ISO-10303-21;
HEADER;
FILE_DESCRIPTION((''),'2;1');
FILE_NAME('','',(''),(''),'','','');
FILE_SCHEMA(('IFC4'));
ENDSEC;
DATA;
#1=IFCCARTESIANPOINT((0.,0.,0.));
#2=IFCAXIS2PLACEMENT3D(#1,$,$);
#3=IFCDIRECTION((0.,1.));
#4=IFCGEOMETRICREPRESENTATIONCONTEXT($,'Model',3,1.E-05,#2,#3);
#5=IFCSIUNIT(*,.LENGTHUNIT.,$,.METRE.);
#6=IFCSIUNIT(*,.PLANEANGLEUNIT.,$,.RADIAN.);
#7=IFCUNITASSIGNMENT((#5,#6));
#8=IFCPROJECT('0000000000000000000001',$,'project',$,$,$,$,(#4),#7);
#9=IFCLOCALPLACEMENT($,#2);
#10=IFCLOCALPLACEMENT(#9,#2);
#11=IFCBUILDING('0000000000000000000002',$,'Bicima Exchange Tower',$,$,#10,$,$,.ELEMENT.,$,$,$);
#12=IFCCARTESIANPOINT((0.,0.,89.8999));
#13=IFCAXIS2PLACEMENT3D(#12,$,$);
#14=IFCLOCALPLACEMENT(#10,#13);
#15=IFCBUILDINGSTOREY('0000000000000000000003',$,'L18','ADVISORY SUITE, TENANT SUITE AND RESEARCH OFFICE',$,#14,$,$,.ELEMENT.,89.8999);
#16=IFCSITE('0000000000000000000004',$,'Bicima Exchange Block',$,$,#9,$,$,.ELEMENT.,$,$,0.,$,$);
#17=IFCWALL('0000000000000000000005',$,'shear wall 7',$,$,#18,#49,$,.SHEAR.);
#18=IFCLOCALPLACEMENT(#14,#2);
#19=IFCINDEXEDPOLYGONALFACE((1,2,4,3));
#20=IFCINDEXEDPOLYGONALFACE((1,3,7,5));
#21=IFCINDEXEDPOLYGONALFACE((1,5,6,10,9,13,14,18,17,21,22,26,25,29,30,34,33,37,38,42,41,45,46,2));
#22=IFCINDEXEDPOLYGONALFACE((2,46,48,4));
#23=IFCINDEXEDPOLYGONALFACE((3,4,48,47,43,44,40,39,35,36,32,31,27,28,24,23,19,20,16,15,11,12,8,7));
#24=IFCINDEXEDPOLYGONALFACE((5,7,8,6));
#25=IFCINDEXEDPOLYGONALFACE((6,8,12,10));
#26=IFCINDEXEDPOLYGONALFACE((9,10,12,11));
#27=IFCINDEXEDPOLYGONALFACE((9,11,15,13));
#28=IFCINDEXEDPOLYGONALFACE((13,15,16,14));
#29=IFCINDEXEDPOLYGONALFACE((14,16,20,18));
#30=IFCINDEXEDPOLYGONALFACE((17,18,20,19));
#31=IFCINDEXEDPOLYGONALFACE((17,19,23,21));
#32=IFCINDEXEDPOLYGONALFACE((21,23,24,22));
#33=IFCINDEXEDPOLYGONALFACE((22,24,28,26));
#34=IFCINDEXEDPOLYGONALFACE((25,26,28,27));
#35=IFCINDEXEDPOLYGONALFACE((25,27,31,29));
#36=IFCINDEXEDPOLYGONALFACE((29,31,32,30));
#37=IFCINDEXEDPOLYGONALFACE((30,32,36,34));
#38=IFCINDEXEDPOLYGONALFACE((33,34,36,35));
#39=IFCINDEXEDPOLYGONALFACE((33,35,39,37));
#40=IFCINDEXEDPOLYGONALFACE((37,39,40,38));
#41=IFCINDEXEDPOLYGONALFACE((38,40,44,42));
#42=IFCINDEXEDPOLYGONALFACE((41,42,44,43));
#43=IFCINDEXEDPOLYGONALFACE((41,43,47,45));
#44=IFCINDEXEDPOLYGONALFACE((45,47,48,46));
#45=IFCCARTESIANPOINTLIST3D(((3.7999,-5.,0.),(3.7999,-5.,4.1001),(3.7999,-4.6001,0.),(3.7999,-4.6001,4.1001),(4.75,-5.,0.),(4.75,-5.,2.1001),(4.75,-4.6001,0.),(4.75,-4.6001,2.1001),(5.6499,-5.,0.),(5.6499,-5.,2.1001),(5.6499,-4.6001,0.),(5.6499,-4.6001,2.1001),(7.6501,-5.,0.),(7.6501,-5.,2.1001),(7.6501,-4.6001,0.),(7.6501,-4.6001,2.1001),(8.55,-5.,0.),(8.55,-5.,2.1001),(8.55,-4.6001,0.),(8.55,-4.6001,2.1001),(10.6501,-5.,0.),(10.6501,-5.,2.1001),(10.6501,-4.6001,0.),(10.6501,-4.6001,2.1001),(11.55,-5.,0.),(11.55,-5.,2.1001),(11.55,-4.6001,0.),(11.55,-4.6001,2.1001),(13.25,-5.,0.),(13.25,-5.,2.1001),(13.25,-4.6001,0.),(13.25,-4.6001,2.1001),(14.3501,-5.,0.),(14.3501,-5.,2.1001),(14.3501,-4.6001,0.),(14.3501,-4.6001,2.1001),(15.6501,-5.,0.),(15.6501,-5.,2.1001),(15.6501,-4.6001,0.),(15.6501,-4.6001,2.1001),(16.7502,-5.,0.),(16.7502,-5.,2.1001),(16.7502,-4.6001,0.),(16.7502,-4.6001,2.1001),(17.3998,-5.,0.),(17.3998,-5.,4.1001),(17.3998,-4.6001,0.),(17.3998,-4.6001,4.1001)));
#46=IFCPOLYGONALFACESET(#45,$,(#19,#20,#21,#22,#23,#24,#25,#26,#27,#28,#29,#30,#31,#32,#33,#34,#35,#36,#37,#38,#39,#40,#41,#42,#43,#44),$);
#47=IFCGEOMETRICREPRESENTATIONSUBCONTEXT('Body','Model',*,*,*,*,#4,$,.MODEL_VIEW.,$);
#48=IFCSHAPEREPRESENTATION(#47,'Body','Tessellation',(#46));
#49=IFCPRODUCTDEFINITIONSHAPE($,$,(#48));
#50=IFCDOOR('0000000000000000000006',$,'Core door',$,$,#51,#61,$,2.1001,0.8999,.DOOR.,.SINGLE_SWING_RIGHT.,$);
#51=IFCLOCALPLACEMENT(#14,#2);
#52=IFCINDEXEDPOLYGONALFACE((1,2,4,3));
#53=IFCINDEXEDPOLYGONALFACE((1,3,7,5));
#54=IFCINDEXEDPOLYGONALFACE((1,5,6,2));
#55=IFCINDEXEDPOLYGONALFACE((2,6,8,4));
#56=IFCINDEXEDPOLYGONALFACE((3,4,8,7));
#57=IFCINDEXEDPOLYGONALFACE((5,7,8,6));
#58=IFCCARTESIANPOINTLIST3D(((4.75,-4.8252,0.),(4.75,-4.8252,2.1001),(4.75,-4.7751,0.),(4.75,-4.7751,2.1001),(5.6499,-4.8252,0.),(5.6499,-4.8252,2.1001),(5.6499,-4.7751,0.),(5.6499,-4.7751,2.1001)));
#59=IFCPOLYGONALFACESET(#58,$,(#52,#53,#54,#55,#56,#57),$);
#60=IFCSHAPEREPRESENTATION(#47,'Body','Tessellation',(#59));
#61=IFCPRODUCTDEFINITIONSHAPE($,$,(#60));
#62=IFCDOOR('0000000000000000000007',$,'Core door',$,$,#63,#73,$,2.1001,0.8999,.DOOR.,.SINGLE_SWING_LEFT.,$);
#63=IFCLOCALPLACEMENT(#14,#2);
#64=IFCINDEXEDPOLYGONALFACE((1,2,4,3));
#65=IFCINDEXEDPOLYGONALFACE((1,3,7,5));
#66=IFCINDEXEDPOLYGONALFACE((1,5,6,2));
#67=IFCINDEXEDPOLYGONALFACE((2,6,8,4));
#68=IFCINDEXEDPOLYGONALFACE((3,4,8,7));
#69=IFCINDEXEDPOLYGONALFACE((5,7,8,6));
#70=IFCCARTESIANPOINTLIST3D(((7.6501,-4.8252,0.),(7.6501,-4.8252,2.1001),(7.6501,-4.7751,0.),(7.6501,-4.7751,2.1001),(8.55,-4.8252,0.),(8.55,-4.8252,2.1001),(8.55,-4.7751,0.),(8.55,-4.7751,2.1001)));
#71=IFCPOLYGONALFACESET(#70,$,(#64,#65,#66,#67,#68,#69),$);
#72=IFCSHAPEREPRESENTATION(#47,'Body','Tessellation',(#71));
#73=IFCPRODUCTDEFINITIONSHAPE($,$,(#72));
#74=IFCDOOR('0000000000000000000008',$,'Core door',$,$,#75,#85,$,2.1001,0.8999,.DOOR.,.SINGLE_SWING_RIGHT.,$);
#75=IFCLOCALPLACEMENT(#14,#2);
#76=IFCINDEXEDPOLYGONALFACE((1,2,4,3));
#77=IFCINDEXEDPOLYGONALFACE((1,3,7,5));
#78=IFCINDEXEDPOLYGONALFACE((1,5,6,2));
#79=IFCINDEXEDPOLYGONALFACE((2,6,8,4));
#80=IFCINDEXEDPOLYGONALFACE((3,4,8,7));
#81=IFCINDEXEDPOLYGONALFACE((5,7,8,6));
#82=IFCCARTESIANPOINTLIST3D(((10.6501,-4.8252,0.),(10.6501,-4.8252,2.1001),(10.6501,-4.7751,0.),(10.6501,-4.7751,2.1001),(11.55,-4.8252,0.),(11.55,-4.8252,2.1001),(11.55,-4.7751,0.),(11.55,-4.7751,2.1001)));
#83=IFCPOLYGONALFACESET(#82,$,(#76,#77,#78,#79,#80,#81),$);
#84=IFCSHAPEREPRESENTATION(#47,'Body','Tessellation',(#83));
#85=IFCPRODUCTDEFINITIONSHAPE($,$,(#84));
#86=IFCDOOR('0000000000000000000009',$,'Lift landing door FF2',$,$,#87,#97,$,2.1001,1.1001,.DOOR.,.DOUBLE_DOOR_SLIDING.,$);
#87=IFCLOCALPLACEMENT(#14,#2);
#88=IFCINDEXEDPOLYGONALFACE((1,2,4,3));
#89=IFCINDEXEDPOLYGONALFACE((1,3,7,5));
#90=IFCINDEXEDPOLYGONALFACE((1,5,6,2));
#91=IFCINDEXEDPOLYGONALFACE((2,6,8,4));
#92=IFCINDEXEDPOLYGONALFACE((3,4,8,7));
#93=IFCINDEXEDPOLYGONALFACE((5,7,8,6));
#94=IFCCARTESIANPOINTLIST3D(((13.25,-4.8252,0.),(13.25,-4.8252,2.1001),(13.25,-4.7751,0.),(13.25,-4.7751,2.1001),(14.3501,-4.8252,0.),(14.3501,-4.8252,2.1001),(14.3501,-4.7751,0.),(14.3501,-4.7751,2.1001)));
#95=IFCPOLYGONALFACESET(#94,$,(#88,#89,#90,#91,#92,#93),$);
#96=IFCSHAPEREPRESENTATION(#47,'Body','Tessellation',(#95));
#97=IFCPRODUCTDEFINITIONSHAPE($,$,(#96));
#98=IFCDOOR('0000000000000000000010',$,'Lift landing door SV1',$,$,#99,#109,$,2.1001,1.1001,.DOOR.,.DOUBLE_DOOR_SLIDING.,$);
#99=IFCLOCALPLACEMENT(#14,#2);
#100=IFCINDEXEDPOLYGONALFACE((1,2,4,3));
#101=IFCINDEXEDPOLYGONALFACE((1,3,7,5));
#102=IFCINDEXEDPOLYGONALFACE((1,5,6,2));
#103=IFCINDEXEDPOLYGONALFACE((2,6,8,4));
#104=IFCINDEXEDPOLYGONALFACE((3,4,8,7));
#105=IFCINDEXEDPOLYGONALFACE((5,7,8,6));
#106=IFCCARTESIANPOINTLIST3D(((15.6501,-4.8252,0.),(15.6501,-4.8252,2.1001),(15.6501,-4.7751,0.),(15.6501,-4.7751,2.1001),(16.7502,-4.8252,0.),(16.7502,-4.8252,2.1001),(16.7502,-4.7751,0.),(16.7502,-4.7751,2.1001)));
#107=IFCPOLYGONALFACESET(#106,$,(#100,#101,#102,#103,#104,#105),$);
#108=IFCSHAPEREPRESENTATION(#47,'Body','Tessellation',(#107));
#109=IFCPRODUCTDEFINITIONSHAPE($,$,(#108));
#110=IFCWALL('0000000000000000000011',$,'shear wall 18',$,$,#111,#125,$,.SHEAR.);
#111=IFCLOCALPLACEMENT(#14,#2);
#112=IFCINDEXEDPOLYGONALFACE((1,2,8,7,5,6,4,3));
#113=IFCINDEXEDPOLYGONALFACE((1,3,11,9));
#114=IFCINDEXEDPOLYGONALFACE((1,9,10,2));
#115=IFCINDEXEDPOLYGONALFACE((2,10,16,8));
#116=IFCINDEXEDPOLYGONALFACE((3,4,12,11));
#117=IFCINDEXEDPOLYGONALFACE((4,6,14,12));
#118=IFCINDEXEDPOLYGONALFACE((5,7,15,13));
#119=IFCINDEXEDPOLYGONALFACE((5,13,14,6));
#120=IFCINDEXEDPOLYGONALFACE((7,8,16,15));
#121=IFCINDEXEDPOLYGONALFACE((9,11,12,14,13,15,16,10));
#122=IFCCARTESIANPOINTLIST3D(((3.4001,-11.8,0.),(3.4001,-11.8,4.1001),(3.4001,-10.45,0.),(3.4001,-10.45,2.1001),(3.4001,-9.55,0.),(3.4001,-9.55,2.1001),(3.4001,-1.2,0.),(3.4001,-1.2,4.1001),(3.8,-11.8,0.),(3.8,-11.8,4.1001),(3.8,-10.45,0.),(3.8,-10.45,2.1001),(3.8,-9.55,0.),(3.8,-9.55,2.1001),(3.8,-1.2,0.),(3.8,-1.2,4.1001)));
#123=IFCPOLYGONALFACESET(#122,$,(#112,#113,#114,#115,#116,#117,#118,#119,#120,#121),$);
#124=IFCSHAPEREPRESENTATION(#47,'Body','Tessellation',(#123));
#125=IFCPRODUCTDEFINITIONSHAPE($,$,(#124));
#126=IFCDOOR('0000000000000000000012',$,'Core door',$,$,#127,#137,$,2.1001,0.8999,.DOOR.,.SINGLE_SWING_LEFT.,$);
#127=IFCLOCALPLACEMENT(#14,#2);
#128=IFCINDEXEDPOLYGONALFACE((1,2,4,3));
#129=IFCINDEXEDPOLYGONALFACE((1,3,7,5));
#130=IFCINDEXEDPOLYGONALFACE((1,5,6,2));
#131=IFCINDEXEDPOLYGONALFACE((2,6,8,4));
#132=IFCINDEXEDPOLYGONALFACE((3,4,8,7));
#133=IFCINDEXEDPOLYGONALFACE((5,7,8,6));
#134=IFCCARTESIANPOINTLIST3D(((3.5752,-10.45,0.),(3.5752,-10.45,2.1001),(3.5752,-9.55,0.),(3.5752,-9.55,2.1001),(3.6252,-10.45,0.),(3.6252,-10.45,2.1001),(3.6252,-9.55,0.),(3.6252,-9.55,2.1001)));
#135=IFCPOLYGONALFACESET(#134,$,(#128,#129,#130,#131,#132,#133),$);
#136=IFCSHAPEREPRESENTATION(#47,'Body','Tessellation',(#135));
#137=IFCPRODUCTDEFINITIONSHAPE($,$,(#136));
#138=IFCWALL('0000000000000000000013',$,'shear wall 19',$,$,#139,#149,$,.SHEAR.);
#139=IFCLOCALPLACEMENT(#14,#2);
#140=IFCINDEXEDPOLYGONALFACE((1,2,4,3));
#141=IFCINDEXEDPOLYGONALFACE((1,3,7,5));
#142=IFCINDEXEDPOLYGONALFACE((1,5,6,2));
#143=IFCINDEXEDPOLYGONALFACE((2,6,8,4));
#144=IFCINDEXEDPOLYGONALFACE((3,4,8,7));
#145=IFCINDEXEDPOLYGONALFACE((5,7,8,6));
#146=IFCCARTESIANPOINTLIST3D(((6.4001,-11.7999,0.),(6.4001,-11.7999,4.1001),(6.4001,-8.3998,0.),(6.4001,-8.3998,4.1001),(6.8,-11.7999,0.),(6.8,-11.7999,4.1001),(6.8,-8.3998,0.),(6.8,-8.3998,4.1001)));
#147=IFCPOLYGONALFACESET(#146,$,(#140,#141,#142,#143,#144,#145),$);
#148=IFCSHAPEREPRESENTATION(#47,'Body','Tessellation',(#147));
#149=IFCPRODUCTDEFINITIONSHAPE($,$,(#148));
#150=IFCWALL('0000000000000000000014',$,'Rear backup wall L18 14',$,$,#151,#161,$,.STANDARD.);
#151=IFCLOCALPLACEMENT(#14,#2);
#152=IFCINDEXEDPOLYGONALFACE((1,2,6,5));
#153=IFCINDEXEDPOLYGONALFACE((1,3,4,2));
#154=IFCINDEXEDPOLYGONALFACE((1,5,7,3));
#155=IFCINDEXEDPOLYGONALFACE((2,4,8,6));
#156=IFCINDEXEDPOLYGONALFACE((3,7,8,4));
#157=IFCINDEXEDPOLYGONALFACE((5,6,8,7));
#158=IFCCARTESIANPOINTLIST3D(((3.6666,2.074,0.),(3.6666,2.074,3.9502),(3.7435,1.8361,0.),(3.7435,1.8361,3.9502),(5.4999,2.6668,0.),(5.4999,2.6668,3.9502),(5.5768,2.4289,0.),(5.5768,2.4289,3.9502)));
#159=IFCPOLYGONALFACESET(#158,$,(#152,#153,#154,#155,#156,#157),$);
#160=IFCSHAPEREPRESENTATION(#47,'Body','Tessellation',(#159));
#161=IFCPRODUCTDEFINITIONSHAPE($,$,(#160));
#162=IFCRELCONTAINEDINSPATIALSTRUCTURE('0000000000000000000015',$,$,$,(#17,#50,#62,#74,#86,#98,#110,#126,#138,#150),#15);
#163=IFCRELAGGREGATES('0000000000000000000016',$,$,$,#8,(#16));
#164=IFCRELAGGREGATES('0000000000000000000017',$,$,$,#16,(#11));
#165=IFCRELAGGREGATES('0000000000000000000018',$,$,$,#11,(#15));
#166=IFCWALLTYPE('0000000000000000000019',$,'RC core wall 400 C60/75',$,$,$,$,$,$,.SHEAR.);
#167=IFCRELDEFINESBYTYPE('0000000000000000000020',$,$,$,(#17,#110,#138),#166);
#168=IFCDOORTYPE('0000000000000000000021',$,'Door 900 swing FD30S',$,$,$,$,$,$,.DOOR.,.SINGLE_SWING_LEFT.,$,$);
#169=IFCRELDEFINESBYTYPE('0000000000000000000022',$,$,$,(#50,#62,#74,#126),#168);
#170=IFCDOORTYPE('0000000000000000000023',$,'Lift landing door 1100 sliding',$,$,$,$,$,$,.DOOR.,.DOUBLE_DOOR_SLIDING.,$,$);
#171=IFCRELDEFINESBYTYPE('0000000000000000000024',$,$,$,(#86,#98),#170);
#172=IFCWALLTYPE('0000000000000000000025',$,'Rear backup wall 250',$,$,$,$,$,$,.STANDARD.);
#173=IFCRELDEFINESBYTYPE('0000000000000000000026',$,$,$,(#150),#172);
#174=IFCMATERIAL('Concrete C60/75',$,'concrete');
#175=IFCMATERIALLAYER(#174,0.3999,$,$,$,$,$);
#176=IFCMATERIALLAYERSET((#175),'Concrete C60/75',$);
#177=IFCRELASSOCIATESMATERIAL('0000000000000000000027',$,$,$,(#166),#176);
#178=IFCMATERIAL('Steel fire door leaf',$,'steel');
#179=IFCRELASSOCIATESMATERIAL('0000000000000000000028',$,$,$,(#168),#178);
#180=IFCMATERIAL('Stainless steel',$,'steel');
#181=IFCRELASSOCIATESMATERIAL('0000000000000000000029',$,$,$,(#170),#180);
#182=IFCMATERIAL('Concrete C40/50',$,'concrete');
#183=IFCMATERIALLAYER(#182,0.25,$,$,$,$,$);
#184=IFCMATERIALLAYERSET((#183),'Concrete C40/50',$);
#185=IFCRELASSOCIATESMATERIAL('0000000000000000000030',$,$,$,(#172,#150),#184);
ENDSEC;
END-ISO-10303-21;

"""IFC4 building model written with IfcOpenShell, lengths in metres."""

from ifc_helpers import new_model, si_unit, direction, frame, frame_2d, origin, place, context, subcontext, project, spatial, rectangle, extrude, material, layer, layer_set, layer_usage, type_object, element, fill, save


model = new_model("IFC4")

# Units and contexts
model_context = context("Model", 3, precision=1e-05, world=origin(), true_north=direction((0.0, 1.0)))
body_context = subcontext(model_context, "Body", "Model", "MODEL_VIEW")
ifc_project = project(units=[si_unit("LENGTHUNIT", "METRE"), si_unit("PLANEANGLEUNIT", "RADIAN")], contexts=[model_context])

# Site, building, storey
site_placement = place(None, origin())
site = spatial("IfcSite", under=ifc_project, at=site_placement, Name="Bicima Exchange Block", CompositionType="ELEMENT", RefElevation=0.0)
building_placement = place(site_placement, origin())
building = spatial("IfcBuilding", under=site, at=building_placement, Name="Bicima Exchange Tower", CompositionType="ELEMENT")
storey_placement = place(building_placement, frame((0.0, 0.0, 89.8999)))
storey = spatial("IfcBuildingStorey", under=building, at=storey_placement, Name="L18", Description="ADVISORY SUITE, TENANT SUITE AND RESEARCH OFFICE", CompositionType="ELEMENT", Elevation=89.8999)

# Shared definitions
ifc_material_1 = material(Name="Concrete C40/50", Category="concrete")

# Shared definitions
ifc_material_2 = material(Name="Concrete C60/75", Category="concrete")
ifc_layer_1 = layer(ifc_material_2, 0.3999)
ifc_layer_set_1 = layer_set([ifc_layer_1], Name="Concrete C60/75")
wall_type_1 = type_object("IfcWallType", Name="RC core wall 400 C60/75", PredefinedType="SHEAR", material=ifc_layer_set_1)
ifc_material_3 = material(Name="Steel fire door leaf", Category="steel")
door_type_1 = type_object("IfcDoorType", Name="Door 900 swing FD30S", OperationType="SINGLE_SWING_LEFT", PredefinedType="DOOR", material=ifc_material_3)

# Wall, openings, doors
wall_1_placement = place(storey_placement, frame((3.8, -4.8, 0.0), z_axis=(0.0, 0.0, 1.0), x_axis=(1.0, 0.0, 0.0)))
wall_1 = element("IfcWall", 1, at=wall_1_placement, inside=storey, type_object=wall_type_1, Name="shear wall 7", PredefinedType="SHEAR", context=body_context, shape_type="SweptSolid", body=[
    extrude(rectangle(XDim=13.5999, YDim=0.3999, at=frame_2d((6.7998, 0.0))), origin(), (0.0, 0.0, 1.0), 4.1001),
])
opening_1_placement = place(wall_1_placement, frame((9.45, 0.0, 0.0)))
opening_1 = element("IfcOpeningElement", 2, at=opening_1_placement, cuts=wall_1, PredefinedType="OPENING", context=body_context, shape_type="SweptSolid", body=[
    extrude(rectangle(XDim=1.1001, YDim=2.1001, at=frame_2d((0.55, 1.05))), frame((0.0, 0.2119, 0.0), z_axis=(0.0, -1.0, 0.0), x_axis=(1.0, 0.0, 0.0)), (0.0, 0.0, 1.0), 0.4238),
])
opening_2_placement = place(wall_1_placement, frame((11.8501, 0.0, 0.0)))
opening_2 = element("IfcOpeningElement", 3, at=opening_2_placement, cuts=wall_1, PredefinedType="OPENING", context=body_context, shape_type="SweptSolid", body=[
    extrude(rectangle(XDim=1.1001, YDim=2.1001, at=frame_2d((0.55, 1.05))), frame((0.0, 0.2119, 0.0), z_axis=(0.0, -1.0, 0.0), x_axis=(1.0, 0.0, 0.0)), (0.0, 0.0, 1.0), 0.4238),
])
opening_3_placement = place(wall_1_placement, frame((0.95, 0.0, 0.0)))
opening_3 = element("IfcOpeningElement", 4, at=opening_3_placement, cuts=wall_1, PredefinedType="OPENING", context=body_context, shape_type="SweptSolid", body=[
    extrude(rectangle(XDim=0.8999, YDim=2.1001, at=frame_2d((0.45, 1.05))), frame((0.0, 0.2119, 0.0), z_axis=(0.0, -1.0, 0.0), x_axis=(1.0, 0.0, 0.0)), (0.0, 0.0, 1.0), 0.4238),
])
opening_4_placement = place(wall_1_placement, frame((3.8501, 0.0, 0.0)))
opening_4 = element("IfcOpeningElement", 5, at=opening_4_placement, cuts=wall_1, PredefinedType="OPENING", context=body_context, shape_type="SweptSolid", body=[
    extrude(rectangle(XDim=0.8999, YDim=2.1001, at=frame_2d((0.45, 1.05))), frame((0.0, 0.2119, 0.0), z_axis=(0.0, -1.0, 0.0), x_axis=(1.0, 0.0, 0.0)), (0.0, 0.0, 1.0), 0.4238),
])
opening_5_placement = place(wall_1_placement, frame((6.8501, 0.0, 0.0)))
opening_5 = element("IfcOpeningElement", 6, at=opening_5_placement, cuts=wall_1, PredefinedType="OPENING", context=body_context, shape_type="SweptSolid", body=[
    extrude(rectangle(XDim=0.8999, YDim=2.1001, at=frame_2d((0.45, 1.05))), frame((0.0, 0.2119, 0.0), z_axis=(0.0, -1.0, 0.0), x_axis=(1.0, 0.0, 0.0)), (0.0, 0.0, 1.0), 0.4238),
])
door_1_placement = place(opening_3_placement, origin())
door_1 = element("IfcDoor", 7, at=door_1_placement, inside=storey, type_object=door_type_1, Name="Core door", OperationType="SINGLE_SWING_RIGHT", OverallHeight=2.1001, OverallWidth=0.8999, PredefinedType="DOOR", context=body_context, shape_type="SweptSolid", body=[
    extrude(rectangle(XDim=0.8999, YDim=2.1001, at=frame_2d((0.45, 1.05))), frame((0.0, 0.0249, 0.0), z_axis=(0.0, -1.0, 0.0), x_axis=(1.0, 0.0, 0.0)), (0.0, 0.0, 1.0), 0.05),
])
fill(opening_3, door_1)
door_2_placement = place(opening_4_placement, origin())
door_2 = element("IfcDoor", 8, at=door_2_placement, inside=storey, type_object=door_type_1, Name="Core door", OperationType="SINGLE_SWING_LEFT", OverallHeight=2.1001, OverallWidth=0.8999, PredefinedType="DOOR", context=body_context, shape_type="SweptSolid", body=[
    extrude(rectangle(XDim=0.8999, YDim=2.1001, at=frame_2d((0.45, 1.05))), frame((0.0, 0.0249, 0.0), z_axis=(0.0, -1.0, 0.0), x_axis=(1.0, 0.0, 0.0)), (0.0, 0.0, 1.0), 0.05),
])
fill(opening_4, door_2)
door_3_placement = place(opening_5_placement, origin())
door_3 = element("IfcDoor", 9, at=door_3_placement, inside=storey, type_object=door_type_1, Name="Core door", OperationType="SINGLE_SWING_RIGHT", OverallHeight=2.1001, OverallWidth=0.8999, PredefinedType="DOOR", context=body_context, shape_type="SweptSolid", body=[
    extrude(rectangle(XDim=0.8999, YDim=2.1001, at=frame_2d((0.45, 1.05))), frame((0.0, 0.0249, 0.0), z_axis=(0.0, -1.0, 0.0), x_axis=(1.0, 0.0, 0.0)), (0.0, 0.0, 1.0), 0.05),
])
fill(opening_5, door_3)
ifc_material_4 = material(Name="Stainless steel", Category="steel")
door_type_2 = type_object("IfcDoorType", Name="Lift landing door 1100 sliding", OperationType="DOUBLE_DOOR_SLIDING", PredefinedType="DOOR", material=ifc_material_4)
door_4_placement = place(opening_1_placement, origin())
door_4 = element("IfcDoor", 10, at=door_4_placement, inside=storey, type_object=door_type_2, Name="Lift landing door FF2", OperationType="DOUBLE_DOOR_SLIDING", OverallHeight=2.1001, OverallWidth=1.1001, PredefinedType="DOOR", context=body_context, shape_type="SweptSolid", body=[
    extrude(rectangle(XDim=1.1001, YDim=2.1001, at=frame_2d((0.55, 1.05))), frame((0.0, 0.0249, 0.0), z_axis=(0.0, -1.0, 0.0), x_axis=(1.0, 0.0, 0.0)), (0.0, 0.0, 1.0), 0.05),
])
fill(opening_1, door_4)
door_5_placement = place(opening_2_placement, origin())
door_5 = element("IfcDoor", 11, at=door_5_placement, inside=storey, type_object=door_type_2, Name="Lift landing door SV1", OperationType="DOUBLE_DOOR_SLIDING", OverallHeight=2.1001, OverallWidth=1.1001, PredefinedType="DOOR", context=body_context, shape_type="SweptSolid", body=[
    extrude(rectangle(XDim=1.1001, YDim=2.1001, at=frame_2d((0.55, 1.05))), frame((0.0, 0.0249, 0.0), z_axis=(0.0, -1.0, 0.0), x_axis=(1.0, 0.0, 0.0)), (0.0, 0.0, 1.0), 0.05),
])
fill(opening_2, door_5)

# Wall, opening, door
wall_2_placement = place(storey_placement, frame((3.6001, -11.8, 0.0), z_axis=(0.0, 0.0, 1.0), x_axis=(0.0, 1.0, 0.0)))
wall_2 = element("IfcWall", 12, at=wall_2_placement, inside=storey, type_object=wall_type_1, Name="shear wall 18", PredefinedType="SHEAR", context=body_context, shape_type="SweptSolid", body=[
    extrude(rectangle(XDim=10.6001, YDim=0.3999, at=frame_2d((5.3, 0.0))), origin(), (0.0, 0.0, 1.0), 4.1001),
])
opening_6_placement = place(wall_2_placement, frame((1.3501, 0.0, 0.0)))
opening_6 = element("IfcOpeningElement", 13, at=opening_6_placement, cuts=wall_2, PredefinedType="OPENING", context=body_context, shape_type="SweptSolid", body=[
    extrude(rectangle(XDim=0.8999, YDim=2.1001, at=frame_2d((0.45, 1.05))), frame((0.0, 0.2119, 0.0), z_axis=(0.0, -1.0, 0.0), x_axis=(1.0, 0.0, 0.0)), (0.0, 0.0, 1.0), 0.4238),
])
door_6_placement = place(opening_6_placement, origin())
door_6 = element("IfcDoor", 14, at=door_6_placement, inside=storey, type_object=door_type_1, Name="Core door", OperationType="SINGLE_SWING_LEFT", OverallHeight=2.1001, OverallWidth=0.8999, PredefinedType="DOOR", context=body_context, shape_type="SweptSolid", body=[
    extrude(rectangle(XDim=0.8999, YDim=2.1001, at=frame_2d((0.45, 1.05))), frame((0.0, 0.0249, 0.0), z_axis=(0.0, -1.0, 0.0), x_axis=(1.0, 0.0, 0.0)), (0.0, 0.0, 1.0), 0.05),
])
fill(opening_6, door_6)

# Walls
wall_3_placement = place(storey_placement, frame((6.6001, -11.8, 0.0), z_axis=(0.0, 0.0, 1.0), x_axis=(0.0, 1.0, 0.0)))
element("IfcWall", 15, at=wall_3_placement, inside=storey, type_object=wall_type_1, Name="shear wall 19", PredefinedType="SHEAR", context=body_context, shape_type="SweptSolid", body=[
    extrude(rectangle(XDim=3.4001, YDim=0.3999, at=frame_2d((1.7002, 0.0))), origin(), (0.0, 0.0, 1.0), 4.1001),
])
ifc_layer_2 = layer(ifc_material_1, 0.25)
ifc_layer_set_2 = layer_set([ifc_layer_2], Name="Concrete C40/50")
ifc_layer_usage = layer_usage(ifc_layer_set_2, "AXIS2", "POSITIVE", -0.125)
wall_type_2 = type_object("IfcWallType", Name="Rear backup wall 250", PredefinedType="STANDARD", material=ifc_layer_set_2)
wall_4_placement = place(storey_placement, frame((5.5383, 2.5479, 0.0), z_axis=(0.0, 0.0, 1.0), x_axis=(-0.951496, -0.307662, 0.0)))
element("IfcWall", 16, at=wall_4_placement, inside=storey, type_object=wall_type_2, material=ifc_layer_usage, Name="Rear backup wall L18 14", PredefinedType="STANDARD", context=body_context, shape_type="SweptSolid", body=[
    extrude(rectangle(XDim=1.9268, YDim=0.25, at=frame_2d((0.9634, 0.0))), origin(), (0.0, 0.0, 1.0), 3.9502),
])

save(model, "model.ifc")
